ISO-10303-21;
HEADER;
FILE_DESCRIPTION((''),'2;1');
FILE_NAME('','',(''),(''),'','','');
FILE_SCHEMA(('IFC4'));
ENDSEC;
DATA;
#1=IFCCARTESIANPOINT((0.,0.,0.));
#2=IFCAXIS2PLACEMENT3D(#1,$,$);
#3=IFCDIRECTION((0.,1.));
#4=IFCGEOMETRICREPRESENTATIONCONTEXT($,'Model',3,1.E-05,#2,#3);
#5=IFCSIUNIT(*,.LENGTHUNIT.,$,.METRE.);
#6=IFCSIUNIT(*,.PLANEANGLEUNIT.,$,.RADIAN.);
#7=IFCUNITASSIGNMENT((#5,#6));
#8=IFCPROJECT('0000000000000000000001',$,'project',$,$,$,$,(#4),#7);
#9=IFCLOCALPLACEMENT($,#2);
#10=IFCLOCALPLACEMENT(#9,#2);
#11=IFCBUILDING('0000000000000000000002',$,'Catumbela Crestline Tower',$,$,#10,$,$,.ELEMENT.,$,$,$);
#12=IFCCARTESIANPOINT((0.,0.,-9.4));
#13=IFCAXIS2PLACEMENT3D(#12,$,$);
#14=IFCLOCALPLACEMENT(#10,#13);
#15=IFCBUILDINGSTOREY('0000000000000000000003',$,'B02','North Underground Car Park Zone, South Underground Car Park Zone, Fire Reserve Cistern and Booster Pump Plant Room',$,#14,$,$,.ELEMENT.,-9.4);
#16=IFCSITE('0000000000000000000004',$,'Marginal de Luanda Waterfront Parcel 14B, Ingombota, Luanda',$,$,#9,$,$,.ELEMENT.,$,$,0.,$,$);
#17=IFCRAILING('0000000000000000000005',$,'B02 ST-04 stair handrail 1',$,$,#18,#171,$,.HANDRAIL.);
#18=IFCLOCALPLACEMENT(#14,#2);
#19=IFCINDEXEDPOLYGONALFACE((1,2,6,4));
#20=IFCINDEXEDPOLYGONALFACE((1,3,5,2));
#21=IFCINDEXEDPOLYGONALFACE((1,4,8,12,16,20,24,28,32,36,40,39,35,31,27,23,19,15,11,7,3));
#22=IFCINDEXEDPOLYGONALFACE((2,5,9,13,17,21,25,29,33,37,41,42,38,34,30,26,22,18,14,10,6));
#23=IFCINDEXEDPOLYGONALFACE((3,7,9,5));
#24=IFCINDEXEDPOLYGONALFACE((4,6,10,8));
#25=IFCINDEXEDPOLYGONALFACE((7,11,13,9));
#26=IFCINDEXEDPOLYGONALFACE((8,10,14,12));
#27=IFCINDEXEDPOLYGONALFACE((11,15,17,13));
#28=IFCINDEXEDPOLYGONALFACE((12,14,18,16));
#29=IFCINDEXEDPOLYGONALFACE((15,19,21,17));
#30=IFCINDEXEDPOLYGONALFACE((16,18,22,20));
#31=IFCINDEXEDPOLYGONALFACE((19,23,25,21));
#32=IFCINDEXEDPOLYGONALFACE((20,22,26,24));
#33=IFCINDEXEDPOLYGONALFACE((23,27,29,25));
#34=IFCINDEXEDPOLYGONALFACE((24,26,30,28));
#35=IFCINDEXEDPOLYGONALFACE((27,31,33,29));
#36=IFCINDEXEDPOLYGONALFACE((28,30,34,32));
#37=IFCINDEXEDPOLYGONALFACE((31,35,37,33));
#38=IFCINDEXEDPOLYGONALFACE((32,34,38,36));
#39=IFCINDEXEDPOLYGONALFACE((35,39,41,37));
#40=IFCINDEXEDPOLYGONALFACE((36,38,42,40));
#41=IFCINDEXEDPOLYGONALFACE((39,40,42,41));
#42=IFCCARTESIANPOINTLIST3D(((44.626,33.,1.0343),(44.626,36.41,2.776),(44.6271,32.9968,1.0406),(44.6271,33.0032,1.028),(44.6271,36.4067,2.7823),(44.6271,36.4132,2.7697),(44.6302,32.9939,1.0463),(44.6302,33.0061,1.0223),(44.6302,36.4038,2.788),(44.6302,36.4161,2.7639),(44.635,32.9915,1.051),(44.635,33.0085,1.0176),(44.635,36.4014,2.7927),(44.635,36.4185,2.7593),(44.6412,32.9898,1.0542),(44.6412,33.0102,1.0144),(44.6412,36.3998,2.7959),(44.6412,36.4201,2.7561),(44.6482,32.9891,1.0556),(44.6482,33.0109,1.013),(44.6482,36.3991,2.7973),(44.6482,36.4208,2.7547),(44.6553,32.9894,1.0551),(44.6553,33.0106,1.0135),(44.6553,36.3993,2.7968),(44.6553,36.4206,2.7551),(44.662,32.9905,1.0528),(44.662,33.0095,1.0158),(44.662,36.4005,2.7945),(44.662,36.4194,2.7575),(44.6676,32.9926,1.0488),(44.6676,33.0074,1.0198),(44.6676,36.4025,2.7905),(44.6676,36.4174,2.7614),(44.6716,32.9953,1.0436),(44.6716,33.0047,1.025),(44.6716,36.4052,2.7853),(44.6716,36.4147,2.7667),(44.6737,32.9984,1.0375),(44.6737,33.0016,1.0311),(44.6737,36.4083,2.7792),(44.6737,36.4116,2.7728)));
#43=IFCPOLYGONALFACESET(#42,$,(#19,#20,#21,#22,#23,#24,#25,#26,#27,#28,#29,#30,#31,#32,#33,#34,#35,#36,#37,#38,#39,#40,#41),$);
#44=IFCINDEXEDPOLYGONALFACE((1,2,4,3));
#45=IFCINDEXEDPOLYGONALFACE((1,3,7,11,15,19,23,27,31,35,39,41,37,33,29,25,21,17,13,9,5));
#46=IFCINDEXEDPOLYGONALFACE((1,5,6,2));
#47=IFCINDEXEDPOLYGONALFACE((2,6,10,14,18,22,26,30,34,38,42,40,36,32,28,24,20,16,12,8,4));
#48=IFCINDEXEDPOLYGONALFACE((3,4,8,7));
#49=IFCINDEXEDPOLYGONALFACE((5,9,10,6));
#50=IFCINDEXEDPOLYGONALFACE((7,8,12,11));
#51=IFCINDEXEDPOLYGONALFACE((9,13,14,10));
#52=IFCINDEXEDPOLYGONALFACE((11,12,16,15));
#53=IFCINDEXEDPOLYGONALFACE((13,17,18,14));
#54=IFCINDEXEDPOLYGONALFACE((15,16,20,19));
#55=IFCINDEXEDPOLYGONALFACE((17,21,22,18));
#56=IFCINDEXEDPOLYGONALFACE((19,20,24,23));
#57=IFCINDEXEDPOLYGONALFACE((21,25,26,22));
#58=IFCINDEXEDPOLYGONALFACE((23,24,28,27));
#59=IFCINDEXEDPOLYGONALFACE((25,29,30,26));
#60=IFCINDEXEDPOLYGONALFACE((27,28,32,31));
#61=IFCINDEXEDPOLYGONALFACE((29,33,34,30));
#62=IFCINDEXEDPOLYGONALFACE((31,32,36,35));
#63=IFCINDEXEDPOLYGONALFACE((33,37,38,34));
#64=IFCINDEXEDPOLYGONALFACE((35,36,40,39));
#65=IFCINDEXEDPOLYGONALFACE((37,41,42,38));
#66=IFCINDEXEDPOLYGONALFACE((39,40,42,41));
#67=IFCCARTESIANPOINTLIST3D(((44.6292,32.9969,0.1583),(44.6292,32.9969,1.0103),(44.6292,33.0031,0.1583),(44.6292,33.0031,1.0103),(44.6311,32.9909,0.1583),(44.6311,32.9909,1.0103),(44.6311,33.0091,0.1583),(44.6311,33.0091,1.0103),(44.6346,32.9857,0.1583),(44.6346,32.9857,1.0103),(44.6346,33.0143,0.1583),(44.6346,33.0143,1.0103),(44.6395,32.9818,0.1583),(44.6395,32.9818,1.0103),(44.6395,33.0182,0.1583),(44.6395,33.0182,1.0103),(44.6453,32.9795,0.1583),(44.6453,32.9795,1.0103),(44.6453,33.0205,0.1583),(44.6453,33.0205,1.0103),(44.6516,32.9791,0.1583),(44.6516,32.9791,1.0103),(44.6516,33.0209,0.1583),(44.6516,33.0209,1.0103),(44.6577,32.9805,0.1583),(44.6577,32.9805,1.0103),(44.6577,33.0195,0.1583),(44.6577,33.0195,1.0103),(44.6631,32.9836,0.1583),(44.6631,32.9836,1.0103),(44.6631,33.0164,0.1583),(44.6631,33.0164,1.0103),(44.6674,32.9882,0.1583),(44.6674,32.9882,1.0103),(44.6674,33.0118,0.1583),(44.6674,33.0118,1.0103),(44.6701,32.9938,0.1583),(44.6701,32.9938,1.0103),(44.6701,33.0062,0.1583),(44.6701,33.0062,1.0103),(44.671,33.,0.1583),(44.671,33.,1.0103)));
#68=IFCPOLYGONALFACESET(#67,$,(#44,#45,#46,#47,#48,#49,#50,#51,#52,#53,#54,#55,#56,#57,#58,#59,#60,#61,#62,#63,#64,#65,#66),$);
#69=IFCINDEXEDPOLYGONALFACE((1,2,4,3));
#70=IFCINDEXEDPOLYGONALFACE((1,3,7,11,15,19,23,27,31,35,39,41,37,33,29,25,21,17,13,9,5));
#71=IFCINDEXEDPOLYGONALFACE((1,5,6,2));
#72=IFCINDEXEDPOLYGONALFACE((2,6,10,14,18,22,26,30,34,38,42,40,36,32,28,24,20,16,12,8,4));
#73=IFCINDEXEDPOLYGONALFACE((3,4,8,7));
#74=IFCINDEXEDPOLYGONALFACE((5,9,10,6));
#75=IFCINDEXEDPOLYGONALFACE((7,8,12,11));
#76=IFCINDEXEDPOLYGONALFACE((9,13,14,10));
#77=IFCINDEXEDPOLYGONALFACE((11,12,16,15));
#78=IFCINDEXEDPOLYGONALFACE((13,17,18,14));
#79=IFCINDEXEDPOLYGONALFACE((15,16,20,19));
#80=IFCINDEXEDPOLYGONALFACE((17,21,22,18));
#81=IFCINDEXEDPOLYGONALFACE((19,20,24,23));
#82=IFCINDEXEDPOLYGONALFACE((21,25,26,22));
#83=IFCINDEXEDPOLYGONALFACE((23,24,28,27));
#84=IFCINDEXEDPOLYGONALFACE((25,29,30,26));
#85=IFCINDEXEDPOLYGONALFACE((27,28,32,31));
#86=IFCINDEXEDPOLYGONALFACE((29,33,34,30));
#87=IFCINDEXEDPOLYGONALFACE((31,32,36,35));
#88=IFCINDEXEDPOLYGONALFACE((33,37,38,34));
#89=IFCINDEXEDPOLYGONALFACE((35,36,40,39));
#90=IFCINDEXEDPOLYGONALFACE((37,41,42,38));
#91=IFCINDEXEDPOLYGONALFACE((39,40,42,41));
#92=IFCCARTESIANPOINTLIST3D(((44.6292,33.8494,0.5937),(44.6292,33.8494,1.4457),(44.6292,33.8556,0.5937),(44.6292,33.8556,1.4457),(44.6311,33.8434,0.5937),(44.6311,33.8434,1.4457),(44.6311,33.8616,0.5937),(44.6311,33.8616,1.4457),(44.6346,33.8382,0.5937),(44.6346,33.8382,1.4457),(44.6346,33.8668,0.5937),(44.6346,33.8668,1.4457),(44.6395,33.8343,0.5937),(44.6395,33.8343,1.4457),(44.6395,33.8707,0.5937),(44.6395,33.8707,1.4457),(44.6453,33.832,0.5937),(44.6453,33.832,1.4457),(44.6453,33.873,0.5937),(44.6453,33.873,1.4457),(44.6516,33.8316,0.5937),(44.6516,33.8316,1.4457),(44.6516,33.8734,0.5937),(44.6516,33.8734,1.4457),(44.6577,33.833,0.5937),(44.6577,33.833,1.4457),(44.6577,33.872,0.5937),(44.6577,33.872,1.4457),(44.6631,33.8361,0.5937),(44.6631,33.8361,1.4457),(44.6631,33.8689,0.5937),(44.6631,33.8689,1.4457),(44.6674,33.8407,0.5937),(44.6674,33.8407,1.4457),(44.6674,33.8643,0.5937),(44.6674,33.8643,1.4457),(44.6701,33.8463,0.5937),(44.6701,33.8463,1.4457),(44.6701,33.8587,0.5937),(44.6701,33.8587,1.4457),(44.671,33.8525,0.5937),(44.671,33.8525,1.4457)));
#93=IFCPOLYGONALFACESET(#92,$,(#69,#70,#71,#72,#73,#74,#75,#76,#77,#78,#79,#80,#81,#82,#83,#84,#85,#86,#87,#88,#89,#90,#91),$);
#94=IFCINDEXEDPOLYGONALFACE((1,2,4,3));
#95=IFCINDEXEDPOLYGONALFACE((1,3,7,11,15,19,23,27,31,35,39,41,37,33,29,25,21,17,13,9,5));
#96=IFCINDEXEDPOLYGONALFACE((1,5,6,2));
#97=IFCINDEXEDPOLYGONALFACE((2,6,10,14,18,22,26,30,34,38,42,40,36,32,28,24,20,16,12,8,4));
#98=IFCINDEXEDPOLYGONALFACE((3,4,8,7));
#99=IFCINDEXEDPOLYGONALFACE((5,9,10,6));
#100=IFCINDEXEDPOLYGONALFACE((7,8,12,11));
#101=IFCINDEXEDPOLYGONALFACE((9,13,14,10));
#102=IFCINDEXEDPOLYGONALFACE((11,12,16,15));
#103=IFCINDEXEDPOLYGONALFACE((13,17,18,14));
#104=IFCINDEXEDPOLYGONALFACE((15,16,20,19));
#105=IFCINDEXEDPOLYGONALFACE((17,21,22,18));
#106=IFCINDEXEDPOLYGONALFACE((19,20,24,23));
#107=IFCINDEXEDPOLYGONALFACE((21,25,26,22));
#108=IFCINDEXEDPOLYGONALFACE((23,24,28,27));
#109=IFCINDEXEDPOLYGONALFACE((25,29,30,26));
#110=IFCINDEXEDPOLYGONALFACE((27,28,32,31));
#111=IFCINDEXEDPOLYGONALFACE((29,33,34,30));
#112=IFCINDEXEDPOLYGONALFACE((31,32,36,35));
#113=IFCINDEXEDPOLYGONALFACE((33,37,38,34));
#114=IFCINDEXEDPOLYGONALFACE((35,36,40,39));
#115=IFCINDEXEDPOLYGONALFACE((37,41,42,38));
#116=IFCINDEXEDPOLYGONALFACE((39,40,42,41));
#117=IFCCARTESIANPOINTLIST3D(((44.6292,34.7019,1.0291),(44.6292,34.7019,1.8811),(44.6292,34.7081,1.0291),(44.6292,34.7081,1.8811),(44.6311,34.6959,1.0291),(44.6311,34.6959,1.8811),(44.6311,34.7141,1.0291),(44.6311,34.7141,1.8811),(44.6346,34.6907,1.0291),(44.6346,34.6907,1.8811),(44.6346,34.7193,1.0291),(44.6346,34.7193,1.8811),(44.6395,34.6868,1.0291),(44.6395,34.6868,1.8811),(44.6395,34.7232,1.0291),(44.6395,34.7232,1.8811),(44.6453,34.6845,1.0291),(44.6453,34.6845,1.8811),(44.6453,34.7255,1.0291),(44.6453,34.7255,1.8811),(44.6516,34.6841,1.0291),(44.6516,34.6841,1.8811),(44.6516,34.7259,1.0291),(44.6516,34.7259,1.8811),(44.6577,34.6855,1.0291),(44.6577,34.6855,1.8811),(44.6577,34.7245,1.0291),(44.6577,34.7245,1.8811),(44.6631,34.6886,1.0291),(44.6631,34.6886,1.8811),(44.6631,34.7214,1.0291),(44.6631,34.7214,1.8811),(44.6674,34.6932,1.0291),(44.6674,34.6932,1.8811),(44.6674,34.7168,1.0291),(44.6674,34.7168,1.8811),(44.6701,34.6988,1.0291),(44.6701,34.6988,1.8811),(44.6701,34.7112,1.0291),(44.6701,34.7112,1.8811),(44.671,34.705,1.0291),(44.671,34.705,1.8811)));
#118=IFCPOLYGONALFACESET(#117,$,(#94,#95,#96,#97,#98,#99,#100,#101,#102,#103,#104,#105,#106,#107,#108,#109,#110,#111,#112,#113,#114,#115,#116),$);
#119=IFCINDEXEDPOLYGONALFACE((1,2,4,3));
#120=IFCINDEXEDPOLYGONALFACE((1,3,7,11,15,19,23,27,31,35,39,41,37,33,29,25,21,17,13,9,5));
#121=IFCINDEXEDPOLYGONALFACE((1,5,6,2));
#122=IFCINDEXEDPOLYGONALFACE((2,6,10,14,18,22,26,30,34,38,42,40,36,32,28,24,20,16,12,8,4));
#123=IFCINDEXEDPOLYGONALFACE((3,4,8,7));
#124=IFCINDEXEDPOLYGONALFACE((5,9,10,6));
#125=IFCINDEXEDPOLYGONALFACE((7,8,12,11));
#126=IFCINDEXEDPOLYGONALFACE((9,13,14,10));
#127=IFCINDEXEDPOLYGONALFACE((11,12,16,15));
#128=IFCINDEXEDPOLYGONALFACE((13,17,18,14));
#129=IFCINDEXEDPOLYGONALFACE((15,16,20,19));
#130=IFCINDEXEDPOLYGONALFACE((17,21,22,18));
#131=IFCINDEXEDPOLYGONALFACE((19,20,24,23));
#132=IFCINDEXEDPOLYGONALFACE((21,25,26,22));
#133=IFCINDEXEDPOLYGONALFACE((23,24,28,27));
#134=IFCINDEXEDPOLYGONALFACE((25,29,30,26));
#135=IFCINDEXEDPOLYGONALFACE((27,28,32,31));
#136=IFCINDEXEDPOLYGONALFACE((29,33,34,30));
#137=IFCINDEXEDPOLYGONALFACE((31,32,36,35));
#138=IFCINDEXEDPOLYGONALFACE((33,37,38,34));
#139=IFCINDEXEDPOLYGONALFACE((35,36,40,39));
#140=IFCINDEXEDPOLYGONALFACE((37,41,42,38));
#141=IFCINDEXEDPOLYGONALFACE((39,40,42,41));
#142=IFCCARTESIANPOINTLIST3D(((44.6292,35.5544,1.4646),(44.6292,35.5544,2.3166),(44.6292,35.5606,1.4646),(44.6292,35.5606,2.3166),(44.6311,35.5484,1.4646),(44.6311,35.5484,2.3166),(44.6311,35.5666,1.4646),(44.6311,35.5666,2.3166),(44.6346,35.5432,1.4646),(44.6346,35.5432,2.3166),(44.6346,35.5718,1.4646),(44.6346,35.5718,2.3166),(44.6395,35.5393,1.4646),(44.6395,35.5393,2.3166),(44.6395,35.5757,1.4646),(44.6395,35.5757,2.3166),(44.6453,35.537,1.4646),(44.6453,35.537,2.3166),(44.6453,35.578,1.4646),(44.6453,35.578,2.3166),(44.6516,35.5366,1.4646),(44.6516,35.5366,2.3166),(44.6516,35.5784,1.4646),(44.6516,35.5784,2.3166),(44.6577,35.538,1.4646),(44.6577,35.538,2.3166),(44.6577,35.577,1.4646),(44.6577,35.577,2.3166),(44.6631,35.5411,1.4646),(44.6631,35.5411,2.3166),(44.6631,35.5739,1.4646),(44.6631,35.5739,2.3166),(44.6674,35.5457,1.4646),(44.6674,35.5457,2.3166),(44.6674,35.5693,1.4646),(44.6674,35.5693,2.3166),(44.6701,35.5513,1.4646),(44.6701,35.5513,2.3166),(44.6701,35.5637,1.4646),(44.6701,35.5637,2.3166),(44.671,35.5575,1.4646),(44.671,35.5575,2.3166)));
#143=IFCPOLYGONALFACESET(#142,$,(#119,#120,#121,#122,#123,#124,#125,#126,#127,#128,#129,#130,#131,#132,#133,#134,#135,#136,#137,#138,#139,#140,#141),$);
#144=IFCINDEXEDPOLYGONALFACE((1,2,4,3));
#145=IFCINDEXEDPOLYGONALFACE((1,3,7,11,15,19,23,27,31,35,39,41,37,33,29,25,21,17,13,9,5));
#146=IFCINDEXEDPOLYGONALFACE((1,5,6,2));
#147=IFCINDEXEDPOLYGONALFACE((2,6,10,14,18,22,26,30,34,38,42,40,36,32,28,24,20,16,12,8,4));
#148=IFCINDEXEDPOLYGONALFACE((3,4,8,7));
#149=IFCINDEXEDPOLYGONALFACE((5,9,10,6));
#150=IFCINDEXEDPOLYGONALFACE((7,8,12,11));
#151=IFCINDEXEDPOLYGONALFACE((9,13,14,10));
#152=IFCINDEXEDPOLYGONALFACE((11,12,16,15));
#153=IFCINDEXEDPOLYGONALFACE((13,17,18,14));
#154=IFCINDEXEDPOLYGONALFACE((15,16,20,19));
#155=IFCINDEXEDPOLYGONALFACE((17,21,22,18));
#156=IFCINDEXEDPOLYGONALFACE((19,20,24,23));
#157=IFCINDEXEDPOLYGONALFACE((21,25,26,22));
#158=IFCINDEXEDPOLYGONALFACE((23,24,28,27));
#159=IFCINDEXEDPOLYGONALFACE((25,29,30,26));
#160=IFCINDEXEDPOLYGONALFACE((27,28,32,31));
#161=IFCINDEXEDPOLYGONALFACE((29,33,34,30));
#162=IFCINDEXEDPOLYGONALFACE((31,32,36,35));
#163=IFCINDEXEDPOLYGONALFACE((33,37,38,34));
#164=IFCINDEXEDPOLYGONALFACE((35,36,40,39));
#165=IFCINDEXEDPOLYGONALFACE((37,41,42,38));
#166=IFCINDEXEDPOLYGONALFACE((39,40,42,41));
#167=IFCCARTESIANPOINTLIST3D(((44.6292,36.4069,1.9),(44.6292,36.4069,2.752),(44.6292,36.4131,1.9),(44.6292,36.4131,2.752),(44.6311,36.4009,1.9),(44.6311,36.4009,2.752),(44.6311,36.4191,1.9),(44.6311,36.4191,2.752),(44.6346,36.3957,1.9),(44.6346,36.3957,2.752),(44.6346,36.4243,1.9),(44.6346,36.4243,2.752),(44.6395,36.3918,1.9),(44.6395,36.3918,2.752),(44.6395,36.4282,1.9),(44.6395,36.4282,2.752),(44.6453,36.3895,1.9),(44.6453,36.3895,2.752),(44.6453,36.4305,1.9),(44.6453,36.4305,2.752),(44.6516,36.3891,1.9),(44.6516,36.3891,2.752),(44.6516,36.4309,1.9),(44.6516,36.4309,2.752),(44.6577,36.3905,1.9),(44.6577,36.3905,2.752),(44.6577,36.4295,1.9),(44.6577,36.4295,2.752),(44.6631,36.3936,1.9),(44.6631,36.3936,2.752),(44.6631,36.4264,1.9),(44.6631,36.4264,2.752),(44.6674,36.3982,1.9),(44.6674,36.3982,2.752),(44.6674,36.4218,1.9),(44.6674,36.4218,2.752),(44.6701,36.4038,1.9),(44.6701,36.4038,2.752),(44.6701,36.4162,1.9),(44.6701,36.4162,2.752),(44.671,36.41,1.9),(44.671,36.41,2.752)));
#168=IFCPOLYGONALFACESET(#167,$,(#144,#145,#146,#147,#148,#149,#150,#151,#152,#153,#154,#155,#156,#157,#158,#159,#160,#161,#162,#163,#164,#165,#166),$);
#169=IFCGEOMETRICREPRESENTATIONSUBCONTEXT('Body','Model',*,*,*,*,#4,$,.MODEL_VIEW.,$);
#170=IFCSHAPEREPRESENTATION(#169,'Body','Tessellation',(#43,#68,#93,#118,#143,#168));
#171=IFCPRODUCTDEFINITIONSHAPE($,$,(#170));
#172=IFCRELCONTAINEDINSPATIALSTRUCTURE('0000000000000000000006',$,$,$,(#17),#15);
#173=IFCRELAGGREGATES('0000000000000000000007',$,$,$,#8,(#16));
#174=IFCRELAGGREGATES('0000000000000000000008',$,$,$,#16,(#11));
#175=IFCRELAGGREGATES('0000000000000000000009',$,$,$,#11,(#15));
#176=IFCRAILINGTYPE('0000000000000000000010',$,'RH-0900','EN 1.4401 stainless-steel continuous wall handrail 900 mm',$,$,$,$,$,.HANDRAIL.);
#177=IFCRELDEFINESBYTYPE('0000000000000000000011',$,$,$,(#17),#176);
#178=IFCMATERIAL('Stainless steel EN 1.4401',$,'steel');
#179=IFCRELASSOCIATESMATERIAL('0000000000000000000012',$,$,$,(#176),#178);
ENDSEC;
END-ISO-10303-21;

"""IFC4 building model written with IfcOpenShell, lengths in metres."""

from ifc_helpers import new_model, si_unit, direction, frame, origin, origin_2d, place, context, subcontext, project, spatial, circle, extrude, material, type_object, element, save


model = new_model("IFC4")

# Units and contexts
model_context = context("Model", 3, precision=1e-05, world=origin(), true_north=direction((0.0, 1.0)))
body_context = subcontext(model_context, "Body", "Model", "MODEL_VIEW")
ifc_project = project(units=[si_unit("LENGTHUNIT", "METRE"), si_unit("PLANEANGLEUNIT", "RADIAN")], contexts=[model_context])

# Site, building, storey
site_placement = place(None, origin())
site = spatial("IfcSite", under=ifc_project, at=site_placement, Name="Marginal de Luanda Waterfront Parcel 14B, Ingombota, Luanda", CompositionType="ELEMENT", RefElevation=0.0)
building_placement = place(site_placement, origin())
building = spatial("IfcBuilding", under=site, at=building_placement, Name="Catumbela Crestline Tower", CompositionType="ELEMENT")
storey_placement = place(building_placement, frame((0.0, 0.0, -9.4)))
storey = spatial("IfcBuildingStorey", under=building, at=storey_placement, Name="B02", Description="North Underground Car Park Zone, South Underground Car Park Zone, Fire Reserve Cistern and Booster Pump Plant Room", CompositionType="ELEMENT", Elevation=-9.4)

# Shared definitions
ifc_material_1 = material(Name="Stainless steel EN 1.4401", Category="steel")

# Railing
railing_type_1 = type_object("IfcRailingType", Name="RH-0900", Description="EN 1.4401 stainless-steel continuous wall handrail 900 mm", PredefinedType="HANDRAIL", material=ifc_material_1)
railing_1_placement = place(storey_placement, frame((44.65, 33.0, 0.1583)))
element("IfcRailing", 1, at=railing_1_placement, inside=storey, type_object=railing_type_1, Name="B02 ST-04 stair handrail 1", PredefinedType="HANDRAIL", context=body_context, shape_type="SweptSolid", body=[
    extrude(circle(Radius=0.024, at=origin_2d()), frame((0.0, 0.0, 0.876), z_axis=(0.0, 0.89056, 0.454865), x_axis=(-1.0, 0.0, 0.0)), (0.0, 0.0, 1.0), 3.829),
    extrude(circle(Radius=0.021, at=origin_2d()), origin(), (0.0, 0.0, 1.0), 0.852),
    extrude(circle(Radius=0.021, at=origin_2d()), frame((0.0, 0.8525, 0.4354)), (0.0, 0.0, 1.0), 0.852),
    extrude(circle(Radius=0.021, at=origin_2d()), frame((0.0, 1.705, 0.8708)), (0.0, 0.0, 1.0), 0.852),
    extrude(circle(Radius=0.021, at=origin_2d()), frame((0.0, 2.5575, 1.3063)), (0.0, 0.0, 1.0), 0.852),
    extrude(circle(Radius=0.021, at=origin_2d()), frame((0.0, 3.41, 1.7417)), (0.0, 0.0, 1.0), 0.852),
])

save(model, "model.ifc")
